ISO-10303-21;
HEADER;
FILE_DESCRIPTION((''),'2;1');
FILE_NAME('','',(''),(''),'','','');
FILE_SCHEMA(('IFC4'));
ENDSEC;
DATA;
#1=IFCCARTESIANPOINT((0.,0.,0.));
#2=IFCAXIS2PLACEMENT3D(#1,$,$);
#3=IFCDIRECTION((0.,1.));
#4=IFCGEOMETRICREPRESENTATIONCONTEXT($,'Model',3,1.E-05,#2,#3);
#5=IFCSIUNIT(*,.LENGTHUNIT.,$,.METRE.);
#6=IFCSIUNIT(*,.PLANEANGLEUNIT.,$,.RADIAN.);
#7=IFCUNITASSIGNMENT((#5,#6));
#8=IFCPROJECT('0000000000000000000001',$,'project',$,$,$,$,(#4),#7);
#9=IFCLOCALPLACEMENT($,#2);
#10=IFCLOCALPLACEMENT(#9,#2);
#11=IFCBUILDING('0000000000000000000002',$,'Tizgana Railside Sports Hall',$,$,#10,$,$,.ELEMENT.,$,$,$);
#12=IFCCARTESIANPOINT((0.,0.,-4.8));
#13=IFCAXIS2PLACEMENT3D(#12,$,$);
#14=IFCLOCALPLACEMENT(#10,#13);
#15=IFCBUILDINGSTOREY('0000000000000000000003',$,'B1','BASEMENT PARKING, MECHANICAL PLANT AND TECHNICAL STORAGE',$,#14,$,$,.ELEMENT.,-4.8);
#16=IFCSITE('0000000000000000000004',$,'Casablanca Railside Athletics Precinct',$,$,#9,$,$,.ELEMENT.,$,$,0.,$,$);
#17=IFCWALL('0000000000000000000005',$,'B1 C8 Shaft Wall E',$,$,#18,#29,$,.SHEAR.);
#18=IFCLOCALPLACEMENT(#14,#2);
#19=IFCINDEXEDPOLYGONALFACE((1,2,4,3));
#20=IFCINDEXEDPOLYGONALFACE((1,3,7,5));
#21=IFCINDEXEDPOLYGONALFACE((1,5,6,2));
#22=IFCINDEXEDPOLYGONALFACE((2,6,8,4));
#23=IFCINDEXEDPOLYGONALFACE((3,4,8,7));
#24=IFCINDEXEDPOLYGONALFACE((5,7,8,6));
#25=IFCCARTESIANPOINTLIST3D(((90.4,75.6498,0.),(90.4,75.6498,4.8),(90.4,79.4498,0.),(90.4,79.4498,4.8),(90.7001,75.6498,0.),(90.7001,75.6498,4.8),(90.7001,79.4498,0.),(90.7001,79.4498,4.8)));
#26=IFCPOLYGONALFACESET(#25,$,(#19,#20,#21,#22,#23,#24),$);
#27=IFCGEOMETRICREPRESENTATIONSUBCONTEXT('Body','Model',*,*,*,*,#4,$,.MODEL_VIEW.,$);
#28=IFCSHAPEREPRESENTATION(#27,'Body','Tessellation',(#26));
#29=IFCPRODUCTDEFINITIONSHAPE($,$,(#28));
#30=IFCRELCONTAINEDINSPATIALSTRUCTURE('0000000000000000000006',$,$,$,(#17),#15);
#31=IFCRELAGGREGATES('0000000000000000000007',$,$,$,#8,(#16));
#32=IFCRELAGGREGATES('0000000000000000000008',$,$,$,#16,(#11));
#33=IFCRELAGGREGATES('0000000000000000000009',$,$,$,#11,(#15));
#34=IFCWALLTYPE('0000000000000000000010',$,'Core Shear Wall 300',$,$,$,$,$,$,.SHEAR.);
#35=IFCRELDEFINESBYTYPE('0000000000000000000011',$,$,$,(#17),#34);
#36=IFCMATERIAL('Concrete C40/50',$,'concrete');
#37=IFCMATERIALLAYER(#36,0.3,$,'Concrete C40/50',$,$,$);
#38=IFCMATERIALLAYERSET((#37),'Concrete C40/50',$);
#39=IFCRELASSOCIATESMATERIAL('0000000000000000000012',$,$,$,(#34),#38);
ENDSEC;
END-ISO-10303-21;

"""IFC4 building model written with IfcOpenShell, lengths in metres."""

from ifc_helpers import new_model, si_unit, direction, frame, frame_2d, origin, place, context, subcontext, project, spatial, rectangle, extrude, material, layer, layer_set, type_object, element, save


model = new_model("IFC4")

# Units and contexts
model_context = context("Model", 3, precision=1e-05, world=origin(), true_north=direction((0.0, 1.0)))
body_context = subcontext(model_context, "Body", "Model", "MODEL_VIEW")
ifc_project = project(units=[si_unit("LENGTHUNIT", "METRE"), si_unit("PLANEANGLEUNIT", "RADIAN")], contexts=[model_context])

# Site, building, storey
site_placement = place(None, origin())
site = spatial("IfcSite", under=ifc_project, at=site_placement, Name="Casablanca Railside Athletics Precinct", CompositionType="ELEMENT", RefElevation=0.0)
building_placement = place(site_placement, origin())
building = spatial("IfcBuilding", under=site, at=building_placement, Name="Tizgana Railside Sports Hall", CompositionType="ELEMENT")
storey_placement = place(building_placement, frame((0.0, 0.0, -4.8)))
storey = spatial("IfcBuildingStorey", under=building, at=storey_placement, Name="B1", Description="BASEMENT PARKING, MECHANICAL PLANT AND TECHNICAL STORAGE", CompositionType="ELEMENT", Elevation=-4.8)

# Shared definitions
ifc_material_1 = material(Name="Concrete C40/50", Category="concrete")

# Wall
ifc_layer = layer(ifc_material_1, 0.3, Name="Concrete C40/50")
ifc_layer_set = layer_set([ifc_layer], Name="Concrete C40/50")
wall_type = type_object("IfcWallType", Name="Core Shear Wall 300", PredefinedType="SHEAR", material=ifc_layer_set)
wall_1_placement = place(storey_placement, frame((90.55, 75.6499, 0.0), z_axis=(0.0, 0.0, 1.0), x_axis=(0.0, 1.0, 0.0)))
element("IfcWall", 1, at=wall_1_placement, inside=storey, type_object=wall_type, Name="B1 C8 Shaft Wall E", PredefinedType="SHEAR", context=body_context, shape_type="SweptSolid", body=[
    extrude(rectangle(XDim=3.8, YDim=0.3, at=frame_2d((1.8999, 0.0))), origin(), (0.0, 0.0, 1.0), 4.8),
])

save(model, "model.ifc")
